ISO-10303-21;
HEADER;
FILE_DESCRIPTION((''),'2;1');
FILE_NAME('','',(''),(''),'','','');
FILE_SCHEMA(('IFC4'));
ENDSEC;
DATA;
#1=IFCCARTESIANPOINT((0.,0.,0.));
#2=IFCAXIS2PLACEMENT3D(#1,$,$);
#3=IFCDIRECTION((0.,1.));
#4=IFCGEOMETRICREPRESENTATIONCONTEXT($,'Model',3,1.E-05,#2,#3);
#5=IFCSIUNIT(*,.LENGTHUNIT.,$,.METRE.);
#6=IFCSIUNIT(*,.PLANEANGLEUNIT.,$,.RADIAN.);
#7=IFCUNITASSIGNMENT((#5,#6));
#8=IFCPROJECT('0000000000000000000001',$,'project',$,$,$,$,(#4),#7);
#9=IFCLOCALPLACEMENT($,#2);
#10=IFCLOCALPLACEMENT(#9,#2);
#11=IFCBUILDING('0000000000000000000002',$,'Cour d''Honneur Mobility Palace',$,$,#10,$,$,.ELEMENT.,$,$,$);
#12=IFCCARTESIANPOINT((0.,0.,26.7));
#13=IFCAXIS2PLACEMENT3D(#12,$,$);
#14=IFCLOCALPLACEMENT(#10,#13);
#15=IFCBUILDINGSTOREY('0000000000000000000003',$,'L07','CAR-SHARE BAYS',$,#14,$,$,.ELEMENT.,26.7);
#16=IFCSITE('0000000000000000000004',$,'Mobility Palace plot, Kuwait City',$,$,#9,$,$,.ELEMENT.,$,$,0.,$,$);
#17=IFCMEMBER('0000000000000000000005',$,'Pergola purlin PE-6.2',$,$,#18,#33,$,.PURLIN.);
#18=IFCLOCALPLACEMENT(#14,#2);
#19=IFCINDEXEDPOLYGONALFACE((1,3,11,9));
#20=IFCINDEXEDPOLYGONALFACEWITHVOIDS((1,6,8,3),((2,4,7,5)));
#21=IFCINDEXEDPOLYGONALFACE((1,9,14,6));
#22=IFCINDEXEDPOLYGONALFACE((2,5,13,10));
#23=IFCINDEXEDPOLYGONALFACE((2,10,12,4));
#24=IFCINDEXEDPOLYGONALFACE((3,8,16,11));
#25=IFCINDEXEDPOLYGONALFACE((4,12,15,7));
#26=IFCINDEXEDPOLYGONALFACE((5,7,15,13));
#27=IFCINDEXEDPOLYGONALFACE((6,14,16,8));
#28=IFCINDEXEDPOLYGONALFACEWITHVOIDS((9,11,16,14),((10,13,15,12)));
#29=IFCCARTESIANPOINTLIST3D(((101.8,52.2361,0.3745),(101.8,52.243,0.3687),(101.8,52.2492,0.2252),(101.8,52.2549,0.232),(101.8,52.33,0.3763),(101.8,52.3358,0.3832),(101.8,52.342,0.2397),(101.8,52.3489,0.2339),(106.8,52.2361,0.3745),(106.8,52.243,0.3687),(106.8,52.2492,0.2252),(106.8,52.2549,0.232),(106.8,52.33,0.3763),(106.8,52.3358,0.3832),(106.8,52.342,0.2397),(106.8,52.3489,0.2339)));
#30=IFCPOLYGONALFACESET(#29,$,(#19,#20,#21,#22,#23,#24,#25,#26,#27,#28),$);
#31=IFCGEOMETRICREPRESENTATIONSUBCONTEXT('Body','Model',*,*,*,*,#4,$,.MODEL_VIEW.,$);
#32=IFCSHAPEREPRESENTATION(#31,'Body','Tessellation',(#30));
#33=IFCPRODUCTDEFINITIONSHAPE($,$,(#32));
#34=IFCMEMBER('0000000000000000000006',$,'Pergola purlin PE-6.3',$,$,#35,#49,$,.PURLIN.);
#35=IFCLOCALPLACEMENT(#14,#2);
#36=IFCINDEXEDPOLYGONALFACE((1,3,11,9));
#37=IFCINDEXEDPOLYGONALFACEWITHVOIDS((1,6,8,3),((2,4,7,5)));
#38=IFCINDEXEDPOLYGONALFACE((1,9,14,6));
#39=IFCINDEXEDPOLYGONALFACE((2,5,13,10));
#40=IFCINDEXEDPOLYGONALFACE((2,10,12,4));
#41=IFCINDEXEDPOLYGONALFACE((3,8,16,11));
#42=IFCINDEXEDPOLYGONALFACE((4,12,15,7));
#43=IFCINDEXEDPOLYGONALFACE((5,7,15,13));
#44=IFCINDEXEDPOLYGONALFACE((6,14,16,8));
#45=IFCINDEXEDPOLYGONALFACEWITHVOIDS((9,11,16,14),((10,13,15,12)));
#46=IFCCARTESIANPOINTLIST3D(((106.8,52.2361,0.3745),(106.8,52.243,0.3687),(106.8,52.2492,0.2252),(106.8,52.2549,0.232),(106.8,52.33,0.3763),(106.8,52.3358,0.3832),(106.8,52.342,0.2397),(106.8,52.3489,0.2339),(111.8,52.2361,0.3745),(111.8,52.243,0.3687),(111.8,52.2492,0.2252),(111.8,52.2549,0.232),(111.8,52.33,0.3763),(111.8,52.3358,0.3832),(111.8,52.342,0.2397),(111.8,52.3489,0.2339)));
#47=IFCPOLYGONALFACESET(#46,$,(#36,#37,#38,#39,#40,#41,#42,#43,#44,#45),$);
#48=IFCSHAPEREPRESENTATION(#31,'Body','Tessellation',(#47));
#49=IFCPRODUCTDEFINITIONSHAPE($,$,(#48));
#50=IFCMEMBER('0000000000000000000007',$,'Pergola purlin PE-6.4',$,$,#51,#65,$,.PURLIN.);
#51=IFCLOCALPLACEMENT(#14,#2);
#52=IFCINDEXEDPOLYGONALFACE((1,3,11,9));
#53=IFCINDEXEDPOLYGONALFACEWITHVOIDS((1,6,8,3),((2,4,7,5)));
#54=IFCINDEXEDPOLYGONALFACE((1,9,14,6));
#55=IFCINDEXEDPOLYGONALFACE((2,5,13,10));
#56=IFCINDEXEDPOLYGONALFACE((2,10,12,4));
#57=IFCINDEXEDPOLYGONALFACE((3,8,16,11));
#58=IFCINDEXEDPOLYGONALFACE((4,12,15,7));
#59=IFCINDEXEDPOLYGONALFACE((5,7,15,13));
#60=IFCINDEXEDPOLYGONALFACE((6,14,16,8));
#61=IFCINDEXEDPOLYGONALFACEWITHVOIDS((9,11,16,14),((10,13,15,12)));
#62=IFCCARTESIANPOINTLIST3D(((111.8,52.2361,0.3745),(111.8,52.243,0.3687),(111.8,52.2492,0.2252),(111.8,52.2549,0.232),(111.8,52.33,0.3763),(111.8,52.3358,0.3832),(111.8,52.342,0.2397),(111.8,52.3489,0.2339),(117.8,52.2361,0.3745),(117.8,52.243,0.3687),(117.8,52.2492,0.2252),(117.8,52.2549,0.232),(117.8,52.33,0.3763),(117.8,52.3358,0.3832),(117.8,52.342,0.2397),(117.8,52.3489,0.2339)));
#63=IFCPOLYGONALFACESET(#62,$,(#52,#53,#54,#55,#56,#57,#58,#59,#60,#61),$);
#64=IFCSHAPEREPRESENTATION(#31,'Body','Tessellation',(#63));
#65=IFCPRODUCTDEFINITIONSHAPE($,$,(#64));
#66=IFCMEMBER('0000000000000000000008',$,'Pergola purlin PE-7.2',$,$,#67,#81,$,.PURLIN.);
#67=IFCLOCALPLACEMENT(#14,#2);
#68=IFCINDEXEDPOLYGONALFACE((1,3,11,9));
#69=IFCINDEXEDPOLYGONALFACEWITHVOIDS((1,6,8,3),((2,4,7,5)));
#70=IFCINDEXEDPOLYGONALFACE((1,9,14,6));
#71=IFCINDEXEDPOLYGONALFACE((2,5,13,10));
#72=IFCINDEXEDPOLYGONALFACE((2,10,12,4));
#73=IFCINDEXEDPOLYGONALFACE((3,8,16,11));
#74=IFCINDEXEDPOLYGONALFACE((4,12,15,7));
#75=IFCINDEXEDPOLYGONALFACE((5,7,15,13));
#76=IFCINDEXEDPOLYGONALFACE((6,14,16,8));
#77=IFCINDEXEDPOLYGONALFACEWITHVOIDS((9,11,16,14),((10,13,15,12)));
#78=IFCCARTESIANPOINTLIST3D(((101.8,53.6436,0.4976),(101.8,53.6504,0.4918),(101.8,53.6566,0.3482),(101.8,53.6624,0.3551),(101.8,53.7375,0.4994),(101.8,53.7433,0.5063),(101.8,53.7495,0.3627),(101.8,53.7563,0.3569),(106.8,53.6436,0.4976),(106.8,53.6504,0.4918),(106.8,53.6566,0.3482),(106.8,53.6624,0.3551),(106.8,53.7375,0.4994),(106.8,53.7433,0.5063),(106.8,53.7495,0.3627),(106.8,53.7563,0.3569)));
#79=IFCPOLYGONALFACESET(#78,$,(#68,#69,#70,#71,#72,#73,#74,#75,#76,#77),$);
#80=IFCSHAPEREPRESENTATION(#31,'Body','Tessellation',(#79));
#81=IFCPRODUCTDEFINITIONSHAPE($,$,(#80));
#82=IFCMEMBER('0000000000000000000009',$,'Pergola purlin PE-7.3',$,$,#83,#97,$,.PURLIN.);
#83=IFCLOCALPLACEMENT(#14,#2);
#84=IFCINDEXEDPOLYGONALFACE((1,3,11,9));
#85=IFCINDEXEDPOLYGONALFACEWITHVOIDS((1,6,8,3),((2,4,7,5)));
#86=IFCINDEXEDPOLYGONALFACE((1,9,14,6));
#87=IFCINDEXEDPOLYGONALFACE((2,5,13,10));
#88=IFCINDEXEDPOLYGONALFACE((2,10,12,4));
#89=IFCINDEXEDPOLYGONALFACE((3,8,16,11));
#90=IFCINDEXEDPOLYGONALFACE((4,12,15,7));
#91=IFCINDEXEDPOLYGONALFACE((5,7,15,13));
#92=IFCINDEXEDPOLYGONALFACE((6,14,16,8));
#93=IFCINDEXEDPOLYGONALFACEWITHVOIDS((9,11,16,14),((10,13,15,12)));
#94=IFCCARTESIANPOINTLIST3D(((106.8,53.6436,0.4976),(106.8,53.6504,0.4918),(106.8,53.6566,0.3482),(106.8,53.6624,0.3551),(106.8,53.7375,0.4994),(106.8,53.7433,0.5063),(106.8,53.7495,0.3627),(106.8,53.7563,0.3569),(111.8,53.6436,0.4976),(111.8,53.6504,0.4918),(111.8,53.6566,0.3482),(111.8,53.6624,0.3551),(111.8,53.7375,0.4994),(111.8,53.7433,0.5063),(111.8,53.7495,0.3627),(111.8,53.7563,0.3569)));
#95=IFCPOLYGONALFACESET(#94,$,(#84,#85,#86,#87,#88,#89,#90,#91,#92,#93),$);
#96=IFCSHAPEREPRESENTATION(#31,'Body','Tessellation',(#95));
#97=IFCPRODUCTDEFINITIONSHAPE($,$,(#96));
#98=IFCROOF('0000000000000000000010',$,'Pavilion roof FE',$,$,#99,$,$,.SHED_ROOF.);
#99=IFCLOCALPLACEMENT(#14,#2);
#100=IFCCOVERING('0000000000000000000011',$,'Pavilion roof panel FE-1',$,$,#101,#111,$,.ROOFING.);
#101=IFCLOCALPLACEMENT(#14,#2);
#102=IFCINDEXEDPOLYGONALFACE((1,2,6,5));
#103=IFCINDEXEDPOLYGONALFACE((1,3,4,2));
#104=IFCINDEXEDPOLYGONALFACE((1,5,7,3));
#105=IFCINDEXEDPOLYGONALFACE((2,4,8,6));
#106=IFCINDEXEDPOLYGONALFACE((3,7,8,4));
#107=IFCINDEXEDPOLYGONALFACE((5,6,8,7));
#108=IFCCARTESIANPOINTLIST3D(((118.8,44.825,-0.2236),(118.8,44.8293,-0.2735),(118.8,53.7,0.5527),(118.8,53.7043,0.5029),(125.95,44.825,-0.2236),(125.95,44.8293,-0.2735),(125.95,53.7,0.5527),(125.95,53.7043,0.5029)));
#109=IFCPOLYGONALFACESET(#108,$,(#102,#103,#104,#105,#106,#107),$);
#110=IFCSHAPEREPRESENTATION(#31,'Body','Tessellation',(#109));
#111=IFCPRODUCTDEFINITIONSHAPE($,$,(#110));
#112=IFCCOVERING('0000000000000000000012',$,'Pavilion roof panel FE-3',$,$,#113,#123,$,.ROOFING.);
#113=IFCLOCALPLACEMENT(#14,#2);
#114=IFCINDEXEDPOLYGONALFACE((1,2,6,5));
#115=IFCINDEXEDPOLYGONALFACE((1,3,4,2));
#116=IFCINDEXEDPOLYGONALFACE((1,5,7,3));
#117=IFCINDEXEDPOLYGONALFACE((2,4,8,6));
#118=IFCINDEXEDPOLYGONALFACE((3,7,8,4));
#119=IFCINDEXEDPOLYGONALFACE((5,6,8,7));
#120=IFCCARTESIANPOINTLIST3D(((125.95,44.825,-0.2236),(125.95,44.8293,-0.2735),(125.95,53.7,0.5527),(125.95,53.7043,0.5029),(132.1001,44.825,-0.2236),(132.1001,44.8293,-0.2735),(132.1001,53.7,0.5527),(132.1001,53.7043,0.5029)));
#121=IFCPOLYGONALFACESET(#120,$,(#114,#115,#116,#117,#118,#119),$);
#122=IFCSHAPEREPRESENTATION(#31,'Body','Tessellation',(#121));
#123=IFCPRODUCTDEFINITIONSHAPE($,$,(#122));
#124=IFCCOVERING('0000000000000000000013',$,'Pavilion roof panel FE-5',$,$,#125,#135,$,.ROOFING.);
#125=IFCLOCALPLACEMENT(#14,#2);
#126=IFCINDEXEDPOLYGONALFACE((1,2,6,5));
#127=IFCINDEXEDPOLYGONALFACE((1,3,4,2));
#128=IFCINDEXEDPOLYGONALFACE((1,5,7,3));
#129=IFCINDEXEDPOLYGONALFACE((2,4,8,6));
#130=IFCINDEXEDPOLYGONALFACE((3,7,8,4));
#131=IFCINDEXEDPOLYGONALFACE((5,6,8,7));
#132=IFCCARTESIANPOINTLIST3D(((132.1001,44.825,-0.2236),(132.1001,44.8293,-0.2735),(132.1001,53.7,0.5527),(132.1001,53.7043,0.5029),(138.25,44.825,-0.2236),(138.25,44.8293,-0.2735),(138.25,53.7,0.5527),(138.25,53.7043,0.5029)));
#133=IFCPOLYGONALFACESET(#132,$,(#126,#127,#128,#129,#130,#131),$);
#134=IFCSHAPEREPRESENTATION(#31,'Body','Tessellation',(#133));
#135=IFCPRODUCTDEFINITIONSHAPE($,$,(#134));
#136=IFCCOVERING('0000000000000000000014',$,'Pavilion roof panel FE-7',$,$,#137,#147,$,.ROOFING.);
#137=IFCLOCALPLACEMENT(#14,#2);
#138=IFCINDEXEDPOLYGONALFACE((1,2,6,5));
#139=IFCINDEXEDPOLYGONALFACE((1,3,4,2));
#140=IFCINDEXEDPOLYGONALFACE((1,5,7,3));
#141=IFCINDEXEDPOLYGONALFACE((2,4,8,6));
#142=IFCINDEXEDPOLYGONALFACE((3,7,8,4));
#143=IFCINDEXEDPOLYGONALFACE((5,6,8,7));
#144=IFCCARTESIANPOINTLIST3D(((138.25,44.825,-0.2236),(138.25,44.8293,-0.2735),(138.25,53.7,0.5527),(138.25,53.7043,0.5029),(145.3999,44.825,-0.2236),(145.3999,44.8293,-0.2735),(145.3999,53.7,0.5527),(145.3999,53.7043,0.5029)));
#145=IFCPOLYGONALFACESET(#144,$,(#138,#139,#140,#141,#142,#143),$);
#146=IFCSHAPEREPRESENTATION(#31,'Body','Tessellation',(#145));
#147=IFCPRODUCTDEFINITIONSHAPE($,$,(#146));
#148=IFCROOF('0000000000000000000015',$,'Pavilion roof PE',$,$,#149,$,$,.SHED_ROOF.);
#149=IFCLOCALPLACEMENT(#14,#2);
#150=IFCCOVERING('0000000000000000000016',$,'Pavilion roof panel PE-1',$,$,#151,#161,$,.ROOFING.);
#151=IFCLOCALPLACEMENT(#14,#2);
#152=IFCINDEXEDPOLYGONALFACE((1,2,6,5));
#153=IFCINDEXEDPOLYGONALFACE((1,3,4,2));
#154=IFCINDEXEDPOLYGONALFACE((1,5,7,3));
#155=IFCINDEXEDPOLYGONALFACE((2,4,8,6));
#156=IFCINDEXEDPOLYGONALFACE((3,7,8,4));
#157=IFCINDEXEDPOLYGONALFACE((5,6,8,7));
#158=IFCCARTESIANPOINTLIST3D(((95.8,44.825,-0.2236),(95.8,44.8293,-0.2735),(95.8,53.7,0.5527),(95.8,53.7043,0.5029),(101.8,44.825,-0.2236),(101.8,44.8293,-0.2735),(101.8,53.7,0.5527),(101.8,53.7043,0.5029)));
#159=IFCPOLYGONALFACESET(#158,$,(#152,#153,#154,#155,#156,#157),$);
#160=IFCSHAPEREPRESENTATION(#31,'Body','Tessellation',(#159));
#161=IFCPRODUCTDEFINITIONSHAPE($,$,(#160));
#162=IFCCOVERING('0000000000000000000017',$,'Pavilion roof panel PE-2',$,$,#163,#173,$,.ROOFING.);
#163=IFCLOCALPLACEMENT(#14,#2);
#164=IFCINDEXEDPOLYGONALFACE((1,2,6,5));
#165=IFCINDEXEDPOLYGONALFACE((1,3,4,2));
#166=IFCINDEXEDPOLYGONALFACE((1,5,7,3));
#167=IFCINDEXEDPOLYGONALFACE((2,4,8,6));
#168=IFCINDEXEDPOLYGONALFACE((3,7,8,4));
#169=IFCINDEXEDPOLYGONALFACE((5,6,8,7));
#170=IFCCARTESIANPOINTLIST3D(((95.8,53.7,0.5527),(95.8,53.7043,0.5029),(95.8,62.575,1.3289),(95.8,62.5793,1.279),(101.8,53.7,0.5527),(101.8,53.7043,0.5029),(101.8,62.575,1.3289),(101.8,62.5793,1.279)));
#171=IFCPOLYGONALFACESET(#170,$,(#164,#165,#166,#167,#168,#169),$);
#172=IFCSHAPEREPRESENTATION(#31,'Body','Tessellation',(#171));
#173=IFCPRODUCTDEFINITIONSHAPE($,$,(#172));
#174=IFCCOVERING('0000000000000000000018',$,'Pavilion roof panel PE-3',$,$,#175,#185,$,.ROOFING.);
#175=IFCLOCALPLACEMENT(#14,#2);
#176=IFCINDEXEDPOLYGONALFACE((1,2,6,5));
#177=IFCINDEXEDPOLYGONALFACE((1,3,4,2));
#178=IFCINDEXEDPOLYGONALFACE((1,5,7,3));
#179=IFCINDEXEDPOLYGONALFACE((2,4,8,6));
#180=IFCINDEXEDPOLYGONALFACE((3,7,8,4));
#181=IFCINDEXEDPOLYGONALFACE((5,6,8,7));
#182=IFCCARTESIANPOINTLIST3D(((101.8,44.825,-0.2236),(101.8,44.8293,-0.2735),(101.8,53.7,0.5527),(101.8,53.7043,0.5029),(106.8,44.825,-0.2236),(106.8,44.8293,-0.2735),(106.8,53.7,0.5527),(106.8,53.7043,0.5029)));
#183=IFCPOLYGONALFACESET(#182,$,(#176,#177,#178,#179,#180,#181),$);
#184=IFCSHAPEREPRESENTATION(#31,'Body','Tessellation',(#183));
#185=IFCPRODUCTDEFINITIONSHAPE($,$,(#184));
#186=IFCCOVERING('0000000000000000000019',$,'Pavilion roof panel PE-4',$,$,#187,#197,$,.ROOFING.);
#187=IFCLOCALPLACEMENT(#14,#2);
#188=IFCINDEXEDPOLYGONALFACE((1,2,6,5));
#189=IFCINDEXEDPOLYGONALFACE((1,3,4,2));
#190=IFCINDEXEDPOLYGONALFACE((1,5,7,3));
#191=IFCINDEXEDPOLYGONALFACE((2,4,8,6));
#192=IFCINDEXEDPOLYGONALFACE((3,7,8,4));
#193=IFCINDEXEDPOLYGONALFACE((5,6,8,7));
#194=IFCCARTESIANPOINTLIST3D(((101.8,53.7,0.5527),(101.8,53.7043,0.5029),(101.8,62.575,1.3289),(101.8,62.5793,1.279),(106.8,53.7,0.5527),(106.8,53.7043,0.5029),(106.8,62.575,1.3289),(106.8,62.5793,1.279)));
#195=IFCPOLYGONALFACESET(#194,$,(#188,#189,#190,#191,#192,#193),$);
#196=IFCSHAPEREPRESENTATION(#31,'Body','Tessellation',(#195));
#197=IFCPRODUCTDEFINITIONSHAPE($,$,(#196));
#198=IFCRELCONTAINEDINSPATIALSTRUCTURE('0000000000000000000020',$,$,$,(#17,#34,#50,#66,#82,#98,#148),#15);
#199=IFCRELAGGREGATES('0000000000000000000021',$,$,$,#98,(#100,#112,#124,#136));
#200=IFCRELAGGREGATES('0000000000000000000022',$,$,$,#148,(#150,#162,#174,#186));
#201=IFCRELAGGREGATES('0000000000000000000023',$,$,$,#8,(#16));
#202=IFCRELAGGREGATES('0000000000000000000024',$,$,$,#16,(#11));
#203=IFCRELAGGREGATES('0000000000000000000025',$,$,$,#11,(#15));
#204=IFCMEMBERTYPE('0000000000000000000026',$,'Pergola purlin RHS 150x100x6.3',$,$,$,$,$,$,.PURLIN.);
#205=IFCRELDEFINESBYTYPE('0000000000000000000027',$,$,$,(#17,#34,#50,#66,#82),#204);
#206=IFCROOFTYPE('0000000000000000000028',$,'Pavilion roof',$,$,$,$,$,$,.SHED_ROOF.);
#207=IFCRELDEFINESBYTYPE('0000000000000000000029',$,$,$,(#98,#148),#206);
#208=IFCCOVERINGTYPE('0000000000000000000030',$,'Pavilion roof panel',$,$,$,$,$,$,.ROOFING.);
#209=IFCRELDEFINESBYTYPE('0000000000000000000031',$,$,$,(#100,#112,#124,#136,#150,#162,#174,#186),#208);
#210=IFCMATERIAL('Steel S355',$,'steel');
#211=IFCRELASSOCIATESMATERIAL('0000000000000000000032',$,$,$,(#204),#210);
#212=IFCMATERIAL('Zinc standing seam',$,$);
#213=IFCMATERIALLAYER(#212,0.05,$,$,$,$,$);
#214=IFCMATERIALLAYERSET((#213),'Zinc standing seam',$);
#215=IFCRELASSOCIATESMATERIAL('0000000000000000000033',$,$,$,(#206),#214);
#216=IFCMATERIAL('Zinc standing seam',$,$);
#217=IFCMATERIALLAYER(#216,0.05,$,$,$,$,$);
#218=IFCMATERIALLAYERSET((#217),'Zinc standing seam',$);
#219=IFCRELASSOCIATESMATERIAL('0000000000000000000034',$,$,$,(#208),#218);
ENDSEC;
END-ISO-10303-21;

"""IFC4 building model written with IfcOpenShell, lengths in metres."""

from ifc_helpers import new_model, si_unit, direction, frame, origin, origin_2d, place, context, subcontext, project, spatial, polyline, hollow_rectangle, outline, extrude, material, layer, layer_set, material_profile, profile_set, type_object, element, aggregate, save


model = new_model("IFC4")

# Units and contexts
model_context = context("Model", 3, precision=1e-05, world=origin(), true_north=direction((0.0, 1.0)))
body_context = subcontext(model_context, "Body", "Model", "MODEL_VIEW")
ifc_project = project(units=[si_unit("LENGTHUNIT", "METRE"), si_unit("PLANEANGLEUNIT", "RADIAN")], contexts=[model_context])

# Site, building, storey
site_placement = place(None, origin())
site = spatial("IfcSite", under=ifc_project, at=site_placement, Name="Mobility Palace plot, Kuwait City", CompositionType="ELEMENT", RefElevation=0.0)
building_placement = place(site_placement, origin())
building = spatial("IfcBuilding", under=site, at=building_placement, Name="Cour d'Honneur Mobility Palace", CompositionType="ELEMENT")
storey_placement = place(building_placement, frame((0.0, 0.0, 26.7)))
storey = spatial("IfcBuildingStorey", under=building, at=storey_placement, Name="L07", Description="CAR-SHARE BAYS", CompositionType="ELEMENT", Elevation=26.7)

# Members
ifc_material_1 = material(Name="Steel S355", Category="steel")
ifc_material_profile = material_profile(ifc_material_1, hollow_rectangle(XDim=0.1001, YDim=0.1499, WallThickness=0.0063, at=origin_2d()), Name="RHS 150x100x6.3")
ifc_profile_set = profile_set([ifc_material_profile], Name="Steel S355")
member_type = type_object("IfcMemberType", Name="Pergola purlin RHS 150x100x6.3", PredefinedType="PURLIN", material=ifc_profile_set)
for number, where, z_axis, x_axis, name in (
    (1, (101.8, 52.2925, 0.3042), (1.0, 0.0, 0.0), (0.0, 0.996197, 0.087131), "Pergola purlin PE-6.2"),
    (2, (106.8, 52.2925, 0.3042), (1.0, 0.0, 0.0), (0.0, 0.996197, 0.087131), "Pergola purlin PE-6.3"),
):
    element("IfcMember", number, at=place(storey_placement, frame(where, z_axis=z_axis, x_axis=x_axis)), inside=storey, type_object=member_type, Name=name, PredefinedType="PURLIN", context=body_context, shape_type="SweptSolid", body=[
        extrude(hollow_rectangle(XDim=0.1001, YDim=0.1499, WallThickness=0.0063, at=origin_2d()), origin(), (0.0, 0.0, 1.0), 5.0),
    ])
member_1_placement = place(storey_placement, frame((111.8, 52.2925, 0.3042), z_axis=(1.0, 0.0, 0.0), x_axis=(0.0, 0.996197, 0.087131)))
element("IfcMember", 3, at=member_1_placement, inside=storey, type_object=member_type, Name="Pergola purlin PE-6.4", PredefinedType="PURLIN", context=body_context, shape_type="SweptSolid", body=[
    extrude(hollow_rectangle(XDim=0.1001, YDim=0.1499, WallThickness=0.0063, at=origin_2d()), origin(), (0.0, 0.0, 1.0), 6.0),
])
for number, where, z_axis, x_axis, name in (
    (4, (101.8, 53.7, 0.4272), (1.0, 0.0, 0.0), (0.0, 0.996197, 0.087131), "Pergola purlin PE-7.2"),
    (5, (106.8, 53.7, 0.4272), (1.0, 0.0, 0.0), (0.0, 0.996197, 0.087131), "Pergola purlin PE-7.3"),
):
    element("IfcMember", number, at=place(storey_placement, frame(where, z_axis=z_axis, x_axis=x_axis)), inside=storey, type_object=member_type, Name=name, PredefinedType="PURLIN", context=body_context, shape_type="SweptSolid", body=[
        extrude(hollow_rectangle(XDim=0.1001, YDim=0.1499, WallThickness=0.0063, at=origin_2d()), origin(), (0.0, 0.0, 1.0), 5.0),
    ])

# Roofs, coverings
ifc_material_2 = material(Name="Zinc standing seam")
ifc_layer_1 = layer(ifc_material_2, 0.05)
ifc_layer_set_1 = layer_set([ifc_layer_1], Name="Zinc standing seam")
roof_type = type_object("IfcRoofType", Name="Pavilion roof", PredefinedType="SHED_ROOF", material=ifc_layer_set_1)
roof_1_placement = place(storey_placement, origin())
roof_1 = element("IfcRoof", 6, at=roof_1_placement, inside=storey, type_object=roof_type, Name="Pavilion roof FE", PredefinedType="SHED_ROOF")
ifc_material_3 = material(Name="Zinc standing seam")
ifc_layer_2 = layer(ifc_material_3, 0.05)
ifc_layer_set_2 = layer_set([ifc_layer_2], Name="Zinc standing seam")
covering_type_1 = type_object("IfcCoveringType", Name="Pavilion roof panel", PredefinedType="ROOFING", material=ifc_layer_set_2)
covering_1_placement = place(storey_placement, frame((118.8, 44.825, -0.2236), z_axis=(0.0, -0.087145, 0.996196), x_axis=(1.0, 0.0, 0.0)))
covering_1 = element("IfcCovering", 7, at=covering_1_placement, type_object=covering_type_1, Name="Pavilion roof panel FE-1", PredefinedType="ROOFING", context=body_context, shape_type="SweptSolid", body=[
    extrude(outline(polyline([(0.0, 0.0), (7.1499, 0.0), (7.1499, 8.9089), (0.0, 8.9089), (0.0, 0.0)])), origin(), (0.0, 0.0, -1.0), 0.05),
])
covering_2_placement = place(storey_placement, frame((125.95, 44.825, -0.2236), z_axis=(0.0, -0.087145, 0.996196), x_axis=(1.0, 0.0, 0.0)))
covering_2 = element("IfcCovering", 8, at=covering_2_placement, type_object=covering_type_1, Name="Pavilion roof panel FE-3", PredefinedType="ROOFING", context=body_context, shape_type="SweptSolid", body=[
    extrude(outline(polyline([(0.0, 0.0), (6.1501, 0.0), (6.1501, 8.9089), (0.0, 8.9089), (0.0, 0.0)])), origin(), (0.0, 0.0, -1.0), 0.05),
])
covering_3_placement = place(storey_placement, frame((132.1001, 44.825, -0.2236), z_axis=(0.0, -0.087145, 0.996196), x_axis=(1.0, 0.0, 0.0)))
covering_3 = element("IfcCovering", 9, at=covering_3_placement, type_object=covering_type_1, Name="Pavilion roof panel FE-5", PredefinedType="ROOFING", context=body_context, shape_type="SweptSolid", body=[
    extrude(outline(polyline([(0.0, 0.0), (6.1499, 0.0), (6.1499, 8.9089), (0.0, 8.9089), (0.0, 0.0)])), origin(), (0.0, 0.0, -1.0), 0.05),
])
covering_4_placement = place(storey_placement, frame((138.25, 44.825, -0.2236), z_axis=(0.0, -0.087145, 0.996196), x_axis=(1.0, 0.0, 0.0)))
covering_4 = element("IfcCovering", 10, at=covering_4_placement, type_object=covering_type_1, Name="Pavilion roof panel FE-7", PredefinedType="ROOFING", context=body_context, shape_type="SweptSolid", body=[
    extrude(outline(polyline([(0.0, 0.0), (7.1499, 0.0), (7.1499, 8.9089), (0.0, 8.9089), (0.0, 0.0)])), origin(), (0.0, 0.0, -1.0), 0.05),
])
aggregate(roof_1, [covering_1, covering_2, covering_3, covering_4])
roof_2_placement = place(storey_placement, origin())
roof_2 = element("IfcRoof", 11, at=roof_2_placement, inside=storey, type_object=roof_type, Name="Pavilion roof PE", PredefinedType="SHED_ROOF")
covering_5_placement = place(storey_placement, frame((95.8, 44.825, -0.2236), z_axis=(0.0, -0.087145, 0.996196), x_axis=(1.0, 0.0, 0.0)))
covering_5 = element("IfcCovering", 12, at=covering_5_placement, type_object=covering_type_1, Name="Pavilion roof panel PE-1", PredefinedType="ROOFING", context=body_context, shape_type="SweptSolid", body=[
    extrude(outline(polyline([(0.0, 0.0), (6.0, 0.0), (6.0, 8.9089), (0.0, 8.9089), (0.0, 0.0)])), origin(), (0.0, 0.0, -1.0), 0.05),
])
covering_6_placement = place(storey_placement, frame((95.8, 53.7, 0.5527), z_axis=(0.0, -0.087118, 0.996198), x_axis=(1.0, 0.0, 0.0)))
covering_6 = element("IfcCovering", 13, at=covering_6_placement, type_object=covering_type_1, Name="Pavilion roof panel PE-2", PredefinedType="ROOFING", context=body_context, shape_type="SweptSolid", body=[
    extrude(outline(polyline([(0.0, 0.0), (6.0, 0.0), (6.0, 8.9089), (0.0, 8.9089), (0.0, 0.0)])), origin(), (0.0, 0.0, -1.0), 0.05),
])
covering_7_placement = place(storey_placement, frame((101.8, 44.825, -0.2236), z_axis=(0.0, -0.087145, 0.996196), x_axis=(1.0, 0.0, 0.0)))
covering_7 = element("IfcCovering", 14, at=covering_7_placement, type_object=covering_type_1, Name="Pavilion roof panel PE-3", PredefinedType="ROOFING", context=body_context, shape_type="SweptSolid", body=[
    extrude(outline(polyline([(0.0, 0.0), (5.0, 0.0), (5.0, 8.9089), (0.0, 8.9089), (0.0, 0.0)])), origin(), (0.0, 0.0, -1.0), 0.05),
])
covering_8_placement = place(storey_placement, frame((101.8, 53.7, 0.5527), z_axis=(0.0, -0.087118, 0.996198), x_axis=(1.0, 0.0, 0.0)))
covering_8 = element("IfcCovering", 15, at=covering_8_placement, type_object=covering_type_1, Name="Pavilion roof panel PE-4", PredefinedType="ROOFING", context=body_context, shape_type="SweptSolid", body=[
    extrude(outline(polyline([(0.0, 0.0), (5.0, 0.0), (5.0, 8.9089), (0.0, 8.9089), (0.0, 0.0)])), origin(), (0.0, 0.0, -1.0), 0.05),
])
aggregate(roof_2, [covering_5, covering_6, covering_7, covering_8])

save(model, "model.ifc")
